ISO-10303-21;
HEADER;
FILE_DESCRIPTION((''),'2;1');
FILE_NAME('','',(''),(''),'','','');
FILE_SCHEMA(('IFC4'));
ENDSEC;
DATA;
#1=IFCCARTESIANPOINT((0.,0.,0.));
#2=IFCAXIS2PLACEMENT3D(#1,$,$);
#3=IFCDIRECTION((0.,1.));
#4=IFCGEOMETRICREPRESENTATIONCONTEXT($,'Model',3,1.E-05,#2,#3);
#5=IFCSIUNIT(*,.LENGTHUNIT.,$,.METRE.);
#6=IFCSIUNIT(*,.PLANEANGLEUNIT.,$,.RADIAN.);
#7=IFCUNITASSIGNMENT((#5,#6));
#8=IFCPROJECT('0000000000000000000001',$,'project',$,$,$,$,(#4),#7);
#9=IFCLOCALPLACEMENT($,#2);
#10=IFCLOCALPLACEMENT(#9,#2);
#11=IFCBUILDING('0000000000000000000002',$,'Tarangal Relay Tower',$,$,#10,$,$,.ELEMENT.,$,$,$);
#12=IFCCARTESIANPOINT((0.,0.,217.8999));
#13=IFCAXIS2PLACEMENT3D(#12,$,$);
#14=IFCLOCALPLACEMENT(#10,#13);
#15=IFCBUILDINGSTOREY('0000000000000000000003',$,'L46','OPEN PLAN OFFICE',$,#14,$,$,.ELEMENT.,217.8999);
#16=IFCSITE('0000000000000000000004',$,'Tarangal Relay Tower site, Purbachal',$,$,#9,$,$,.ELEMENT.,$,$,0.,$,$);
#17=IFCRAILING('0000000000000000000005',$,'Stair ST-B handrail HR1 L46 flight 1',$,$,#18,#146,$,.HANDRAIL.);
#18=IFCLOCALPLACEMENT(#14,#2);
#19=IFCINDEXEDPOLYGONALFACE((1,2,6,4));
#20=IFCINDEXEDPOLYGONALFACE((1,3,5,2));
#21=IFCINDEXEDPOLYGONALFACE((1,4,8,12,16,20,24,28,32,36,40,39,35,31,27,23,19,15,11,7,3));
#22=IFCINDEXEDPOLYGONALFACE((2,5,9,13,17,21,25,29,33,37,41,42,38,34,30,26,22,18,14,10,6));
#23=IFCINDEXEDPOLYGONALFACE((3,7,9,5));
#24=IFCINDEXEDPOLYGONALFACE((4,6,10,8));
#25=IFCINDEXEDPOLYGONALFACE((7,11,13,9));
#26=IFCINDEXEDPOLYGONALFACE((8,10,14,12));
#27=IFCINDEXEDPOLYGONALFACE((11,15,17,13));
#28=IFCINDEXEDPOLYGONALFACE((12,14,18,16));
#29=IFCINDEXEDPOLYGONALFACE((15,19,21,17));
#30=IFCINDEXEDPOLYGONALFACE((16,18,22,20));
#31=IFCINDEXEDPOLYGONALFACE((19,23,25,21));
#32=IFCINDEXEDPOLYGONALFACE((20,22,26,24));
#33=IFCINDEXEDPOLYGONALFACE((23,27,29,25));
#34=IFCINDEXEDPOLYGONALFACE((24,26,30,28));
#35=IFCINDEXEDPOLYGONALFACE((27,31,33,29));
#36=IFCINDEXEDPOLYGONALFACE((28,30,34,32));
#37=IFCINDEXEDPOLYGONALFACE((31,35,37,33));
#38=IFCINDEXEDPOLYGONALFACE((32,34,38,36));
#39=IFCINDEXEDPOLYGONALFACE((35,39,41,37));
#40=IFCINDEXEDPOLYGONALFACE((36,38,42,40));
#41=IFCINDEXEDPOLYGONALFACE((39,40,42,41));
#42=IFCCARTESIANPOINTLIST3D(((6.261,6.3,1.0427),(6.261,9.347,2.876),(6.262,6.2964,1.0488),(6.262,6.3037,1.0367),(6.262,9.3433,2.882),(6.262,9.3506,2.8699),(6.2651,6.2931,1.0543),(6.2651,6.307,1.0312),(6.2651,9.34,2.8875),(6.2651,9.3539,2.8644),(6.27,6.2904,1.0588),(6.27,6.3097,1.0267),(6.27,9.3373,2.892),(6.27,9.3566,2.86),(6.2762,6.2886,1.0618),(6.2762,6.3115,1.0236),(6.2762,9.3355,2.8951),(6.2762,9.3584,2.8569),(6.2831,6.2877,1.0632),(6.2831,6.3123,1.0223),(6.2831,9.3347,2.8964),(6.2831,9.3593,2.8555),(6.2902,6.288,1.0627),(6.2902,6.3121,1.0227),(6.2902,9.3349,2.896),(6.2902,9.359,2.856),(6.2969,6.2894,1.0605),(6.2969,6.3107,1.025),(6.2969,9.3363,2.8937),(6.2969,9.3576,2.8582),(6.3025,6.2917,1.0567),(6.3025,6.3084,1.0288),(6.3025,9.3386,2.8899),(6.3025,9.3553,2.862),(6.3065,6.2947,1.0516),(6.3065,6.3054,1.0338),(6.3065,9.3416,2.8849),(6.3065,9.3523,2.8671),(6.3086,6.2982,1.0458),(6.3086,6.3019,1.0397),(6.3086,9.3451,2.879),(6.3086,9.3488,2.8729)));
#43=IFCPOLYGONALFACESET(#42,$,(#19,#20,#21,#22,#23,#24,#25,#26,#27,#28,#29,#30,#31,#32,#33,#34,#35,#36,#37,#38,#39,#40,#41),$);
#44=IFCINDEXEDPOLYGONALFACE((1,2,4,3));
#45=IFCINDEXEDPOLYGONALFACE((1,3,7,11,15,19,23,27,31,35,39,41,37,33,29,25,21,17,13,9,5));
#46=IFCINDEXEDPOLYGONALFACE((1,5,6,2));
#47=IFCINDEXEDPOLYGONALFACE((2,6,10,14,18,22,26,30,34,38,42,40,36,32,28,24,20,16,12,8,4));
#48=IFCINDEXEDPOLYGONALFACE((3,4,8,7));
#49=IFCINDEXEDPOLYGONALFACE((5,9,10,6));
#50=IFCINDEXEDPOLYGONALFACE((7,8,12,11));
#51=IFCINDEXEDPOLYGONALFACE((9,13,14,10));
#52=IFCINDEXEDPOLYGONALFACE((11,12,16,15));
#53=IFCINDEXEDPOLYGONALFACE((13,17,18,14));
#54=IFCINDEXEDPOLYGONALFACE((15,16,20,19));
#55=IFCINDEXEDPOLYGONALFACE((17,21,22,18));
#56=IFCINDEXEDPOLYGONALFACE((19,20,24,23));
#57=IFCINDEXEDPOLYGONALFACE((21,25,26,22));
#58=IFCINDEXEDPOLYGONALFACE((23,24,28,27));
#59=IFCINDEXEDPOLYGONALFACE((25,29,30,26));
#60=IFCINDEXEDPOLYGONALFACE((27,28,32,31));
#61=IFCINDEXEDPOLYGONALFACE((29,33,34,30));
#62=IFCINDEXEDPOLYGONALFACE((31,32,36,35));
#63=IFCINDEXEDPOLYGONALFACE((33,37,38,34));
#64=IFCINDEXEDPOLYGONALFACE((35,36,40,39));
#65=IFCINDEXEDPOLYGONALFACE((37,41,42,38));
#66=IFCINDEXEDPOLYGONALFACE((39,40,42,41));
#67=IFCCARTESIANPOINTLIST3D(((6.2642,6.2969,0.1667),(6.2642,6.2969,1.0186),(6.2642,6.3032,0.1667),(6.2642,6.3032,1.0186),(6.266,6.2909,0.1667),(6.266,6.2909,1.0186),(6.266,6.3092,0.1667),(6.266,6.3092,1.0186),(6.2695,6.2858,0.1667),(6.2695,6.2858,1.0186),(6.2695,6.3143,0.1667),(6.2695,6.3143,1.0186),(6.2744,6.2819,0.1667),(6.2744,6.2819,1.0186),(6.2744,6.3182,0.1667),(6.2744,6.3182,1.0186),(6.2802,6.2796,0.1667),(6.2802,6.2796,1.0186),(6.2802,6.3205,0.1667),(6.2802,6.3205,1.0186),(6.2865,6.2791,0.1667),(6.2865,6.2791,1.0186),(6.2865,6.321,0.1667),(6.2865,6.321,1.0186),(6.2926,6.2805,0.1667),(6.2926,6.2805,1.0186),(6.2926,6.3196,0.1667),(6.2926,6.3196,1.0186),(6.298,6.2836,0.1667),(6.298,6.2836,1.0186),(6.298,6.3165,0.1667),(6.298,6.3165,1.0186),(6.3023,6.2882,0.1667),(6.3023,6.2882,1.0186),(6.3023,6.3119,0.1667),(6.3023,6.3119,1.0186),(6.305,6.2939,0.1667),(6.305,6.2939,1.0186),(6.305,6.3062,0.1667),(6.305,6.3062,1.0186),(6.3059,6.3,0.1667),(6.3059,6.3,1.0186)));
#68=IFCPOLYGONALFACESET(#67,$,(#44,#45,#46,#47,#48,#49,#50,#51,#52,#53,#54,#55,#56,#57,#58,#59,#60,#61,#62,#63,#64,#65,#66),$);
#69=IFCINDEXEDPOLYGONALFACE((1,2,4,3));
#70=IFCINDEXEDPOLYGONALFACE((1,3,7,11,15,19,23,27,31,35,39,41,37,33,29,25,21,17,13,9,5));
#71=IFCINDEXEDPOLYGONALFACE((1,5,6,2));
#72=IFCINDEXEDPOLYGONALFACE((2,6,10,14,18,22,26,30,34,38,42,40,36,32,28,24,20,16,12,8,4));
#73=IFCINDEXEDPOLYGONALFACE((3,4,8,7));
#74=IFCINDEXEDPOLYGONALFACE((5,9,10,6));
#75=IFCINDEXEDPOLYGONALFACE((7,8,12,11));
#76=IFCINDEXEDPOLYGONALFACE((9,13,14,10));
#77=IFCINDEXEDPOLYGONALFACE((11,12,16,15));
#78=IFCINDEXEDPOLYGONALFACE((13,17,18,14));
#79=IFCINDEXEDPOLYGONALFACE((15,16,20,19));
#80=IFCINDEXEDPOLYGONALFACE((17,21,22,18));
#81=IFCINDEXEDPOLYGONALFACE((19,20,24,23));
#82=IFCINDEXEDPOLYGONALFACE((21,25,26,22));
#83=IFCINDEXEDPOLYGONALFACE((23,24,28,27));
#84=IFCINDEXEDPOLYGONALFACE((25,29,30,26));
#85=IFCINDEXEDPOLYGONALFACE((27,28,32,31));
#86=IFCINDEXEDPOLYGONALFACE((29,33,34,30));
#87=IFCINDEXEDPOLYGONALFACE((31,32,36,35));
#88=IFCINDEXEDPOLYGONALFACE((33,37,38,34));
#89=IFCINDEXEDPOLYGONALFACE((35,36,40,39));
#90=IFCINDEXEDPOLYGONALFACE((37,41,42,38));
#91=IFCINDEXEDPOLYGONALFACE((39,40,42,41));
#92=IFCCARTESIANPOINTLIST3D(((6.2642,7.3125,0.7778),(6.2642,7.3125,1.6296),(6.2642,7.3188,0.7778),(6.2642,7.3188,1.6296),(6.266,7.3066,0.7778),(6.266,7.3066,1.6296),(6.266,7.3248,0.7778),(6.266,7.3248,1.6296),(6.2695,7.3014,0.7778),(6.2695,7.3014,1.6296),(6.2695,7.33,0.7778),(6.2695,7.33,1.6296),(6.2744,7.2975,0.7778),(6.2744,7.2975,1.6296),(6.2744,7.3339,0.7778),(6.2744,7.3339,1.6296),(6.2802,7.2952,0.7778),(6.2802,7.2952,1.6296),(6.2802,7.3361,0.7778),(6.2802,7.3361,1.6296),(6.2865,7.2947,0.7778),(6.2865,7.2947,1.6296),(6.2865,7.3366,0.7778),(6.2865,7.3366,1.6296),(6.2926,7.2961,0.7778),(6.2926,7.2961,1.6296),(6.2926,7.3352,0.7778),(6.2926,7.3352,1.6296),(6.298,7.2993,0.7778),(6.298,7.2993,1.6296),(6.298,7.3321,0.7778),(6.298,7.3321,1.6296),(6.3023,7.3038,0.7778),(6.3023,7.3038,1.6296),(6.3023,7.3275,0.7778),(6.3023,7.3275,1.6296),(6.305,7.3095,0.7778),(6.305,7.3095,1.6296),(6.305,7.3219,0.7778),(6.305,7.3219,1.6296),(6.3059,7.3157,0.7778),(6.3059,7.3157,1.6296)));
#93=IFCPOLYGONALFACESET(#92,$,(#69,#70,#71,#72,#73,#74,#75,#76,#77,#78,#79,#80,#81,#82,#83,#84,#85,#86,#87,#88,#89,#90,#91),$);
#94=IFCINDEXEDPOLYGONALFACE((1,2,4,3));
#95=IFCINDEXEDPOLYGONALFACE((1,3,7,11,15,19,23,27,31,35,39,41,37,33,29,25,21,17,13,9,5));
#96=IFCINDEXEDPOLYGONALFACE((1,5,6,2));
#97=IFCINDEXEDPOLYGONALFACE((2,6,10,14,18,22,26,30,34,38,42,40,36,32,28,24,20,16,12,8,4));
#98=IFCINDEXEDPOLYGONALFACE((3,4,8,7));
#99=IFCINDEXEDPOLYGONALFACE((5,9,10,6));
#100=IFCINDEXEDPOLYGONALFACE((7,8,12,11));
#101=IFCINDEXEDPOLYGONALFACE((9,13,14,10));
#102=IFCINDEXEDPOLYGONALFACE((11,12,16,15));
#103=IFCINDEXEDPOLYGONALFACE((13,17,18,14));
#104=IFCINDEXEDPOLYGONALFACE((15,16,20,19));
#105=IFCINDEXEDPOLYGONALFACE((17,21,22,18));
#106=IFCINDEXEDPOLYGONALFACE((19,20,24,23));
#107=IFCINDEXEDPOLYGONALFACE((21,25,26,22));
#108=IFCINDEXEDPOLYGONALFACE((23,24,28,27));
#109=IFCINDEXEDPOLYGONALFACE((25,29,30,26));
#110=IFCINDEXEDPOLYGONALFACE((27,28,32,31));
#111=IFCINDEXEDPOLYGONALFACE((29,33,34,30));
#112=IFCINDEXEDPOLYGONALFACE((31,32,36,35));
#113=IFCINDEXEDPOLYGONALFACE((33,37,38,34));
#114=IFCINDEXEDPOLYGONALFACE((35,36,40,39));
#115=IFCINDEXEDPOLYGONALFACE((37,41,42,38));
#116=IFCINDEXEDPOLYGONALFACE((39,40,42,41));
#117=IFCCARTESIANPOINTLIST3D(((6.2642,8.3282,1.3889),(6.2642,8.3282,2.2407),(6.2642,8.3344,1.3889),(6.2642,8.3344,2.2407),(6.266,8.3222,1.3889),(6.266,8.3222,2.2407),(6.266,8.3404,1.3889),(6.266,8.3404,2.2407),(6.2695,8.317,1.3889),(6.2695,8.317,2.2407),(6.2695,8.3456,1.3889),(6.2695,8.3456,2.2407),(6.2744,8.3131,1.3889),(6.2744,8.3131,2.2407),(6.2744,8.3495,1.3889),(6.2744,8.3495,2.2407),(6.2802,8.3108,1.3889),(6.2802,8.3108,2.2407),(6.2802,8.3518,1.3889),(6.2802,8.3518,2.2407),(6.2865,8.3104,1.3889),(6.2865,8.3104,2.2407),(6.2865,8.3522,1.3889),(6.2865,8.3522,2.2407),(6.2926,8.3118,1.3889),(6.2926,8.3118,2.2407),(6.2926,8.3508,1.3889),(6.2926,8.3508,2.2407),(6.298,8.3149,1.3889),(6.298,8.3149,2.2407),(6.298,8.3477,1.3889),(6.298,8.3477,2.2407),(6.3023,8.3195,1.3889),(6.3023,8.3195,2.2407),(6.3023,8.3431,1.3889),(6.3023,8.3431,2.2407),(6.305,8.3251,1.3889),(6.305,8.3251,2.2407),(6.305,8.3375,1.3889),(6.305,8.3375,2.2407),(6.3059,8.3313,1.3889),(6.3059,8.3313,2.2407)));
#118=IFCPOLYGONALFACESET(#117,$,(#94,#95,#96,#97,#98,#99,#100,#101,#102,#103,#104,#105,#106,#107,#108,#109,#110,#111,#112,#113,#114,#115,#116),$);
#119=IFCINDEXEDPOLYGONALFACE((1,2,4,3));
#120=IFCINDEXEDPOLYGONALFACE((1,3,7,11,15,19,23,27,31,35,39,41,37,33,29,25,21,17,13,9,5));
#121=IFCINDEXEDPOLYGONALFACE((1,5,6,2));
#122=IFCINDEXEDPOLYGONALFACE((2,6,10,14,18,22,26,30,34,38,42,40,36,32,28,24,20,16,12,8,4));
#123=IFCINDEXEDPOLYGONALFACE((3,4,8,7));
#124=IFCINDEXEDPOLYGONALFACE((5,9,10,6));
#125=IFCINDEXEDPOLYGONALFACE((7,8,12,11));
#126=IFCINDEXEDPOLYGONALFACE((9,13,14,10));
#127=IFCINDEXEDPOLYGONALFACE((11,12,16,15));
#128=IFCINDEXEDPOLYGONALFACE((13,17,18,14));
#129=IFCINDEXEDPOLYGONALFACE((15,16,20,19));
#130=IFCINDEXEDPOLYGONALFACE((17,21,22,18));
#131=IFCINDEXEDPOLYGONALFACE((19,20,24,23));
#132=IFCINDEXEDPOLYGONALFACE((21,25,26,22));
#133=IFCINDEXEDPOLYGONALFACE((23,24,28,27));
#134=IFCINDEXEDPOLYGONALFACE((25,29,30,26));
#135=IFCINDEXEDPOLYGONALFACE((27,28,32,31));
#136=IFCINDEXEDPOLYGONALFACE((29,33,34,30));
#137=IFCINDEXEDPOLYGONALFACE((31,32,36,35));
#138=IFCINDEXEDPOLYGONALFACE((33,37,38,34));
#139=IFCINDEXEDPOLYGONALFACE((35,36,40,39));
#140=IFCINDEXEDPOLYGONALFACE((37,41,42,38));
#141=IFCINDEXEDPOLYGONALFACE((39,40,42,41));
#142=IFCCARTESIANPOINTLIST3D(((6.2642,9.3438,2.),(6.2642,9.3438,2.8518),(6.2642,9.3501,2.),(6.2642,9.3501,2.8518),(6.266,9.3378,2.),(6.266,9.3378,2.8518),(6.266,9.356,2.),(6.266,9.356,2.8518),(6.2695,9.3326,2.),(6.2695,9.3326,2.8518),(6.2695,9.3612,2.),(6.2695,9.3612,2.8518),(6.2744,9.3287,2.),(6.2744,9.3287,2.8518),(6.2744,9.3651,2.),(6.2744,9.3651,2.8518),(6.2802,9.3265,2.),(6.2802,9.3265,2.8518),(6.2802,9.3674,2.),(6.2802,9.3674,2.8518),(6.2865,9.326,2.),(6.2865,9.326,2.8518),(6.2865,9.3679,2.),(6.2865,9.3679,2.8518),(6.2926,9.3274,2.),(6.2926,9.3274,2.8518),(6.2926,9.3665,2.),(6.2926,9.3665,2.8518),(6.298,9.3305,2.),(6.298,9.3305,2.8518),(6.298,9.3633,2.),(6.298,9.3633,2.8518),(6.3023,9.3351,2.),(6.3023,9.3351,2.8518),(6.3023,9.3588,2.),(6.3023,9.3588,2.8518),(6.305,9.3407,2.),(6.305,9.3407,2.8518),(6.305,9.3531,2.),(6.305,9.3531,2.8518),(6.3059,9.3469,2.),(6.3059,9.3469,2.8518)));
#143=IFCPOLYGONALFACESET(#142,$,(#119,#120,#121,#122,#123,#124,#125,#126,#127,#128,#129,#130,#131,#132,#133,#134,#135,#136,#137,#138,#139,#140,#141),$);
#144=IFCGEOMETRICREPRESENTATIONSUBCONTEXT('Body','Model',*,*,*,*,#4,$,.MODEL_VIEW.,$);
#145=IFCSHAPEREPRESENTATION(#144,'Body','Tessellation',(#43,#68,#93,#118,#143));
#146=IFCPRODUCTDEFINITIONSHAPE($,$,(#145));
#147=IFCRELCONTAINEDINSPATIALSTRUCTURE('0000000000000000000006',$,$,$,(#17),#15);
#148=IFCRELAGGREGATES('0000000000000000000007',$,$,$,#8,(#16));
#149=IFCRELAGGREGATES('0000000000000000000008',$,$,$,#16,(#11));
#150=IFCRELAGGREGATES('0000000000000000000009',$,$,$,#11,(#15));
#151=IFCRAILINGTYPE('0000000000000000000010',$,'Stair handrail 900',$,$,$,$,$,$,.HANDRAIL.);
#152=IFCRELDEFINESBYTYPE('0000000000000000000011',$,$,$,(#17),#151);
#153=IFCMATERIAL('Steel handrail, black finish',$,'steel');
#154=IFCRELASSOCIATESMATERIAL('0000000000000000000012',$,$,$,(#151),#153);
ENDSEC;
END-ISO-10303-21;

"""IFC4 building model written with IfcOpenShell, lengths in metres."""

from ifc_helpers import new_model, si_unit, direction, frame, origin, origin_2d, place, context, subcontext, project, spatial, circle, extrude, material, type_object, element, save


model = new_model("IFC4")

# Units and contexts
model_context = context("Model", 3, precision=1e-05, world=origin(), true_north=direction((0.0, 1.0)))
body_context = subcontext(model_context, "Body", "Model", "MODEL_VIEW")
ifc_project = project(units=[si_unit("LENGTHUNIT", "METRE"), si_unit("PLANEANGLEUNIT", "RADIAN")], contexts=[model_context])

# Site, building, storey
site_placement = place(None, origin())
site = spatial("IfcSite", under=ifc_project, at=site_placement, Name="Tarangal Relay Tower site, Purbachal", CompositionType="ELEMENT", RefElevation=0.0)
building_placement = place(site_placement, origin())
building = spatial("IfcBuilding", under=site, at=building_placement, Name="Tarangal Relay Tower", CompositionType="ELEMENT")
storey_placement = place(building_placement, frame((0.0, 0.0, 217.8999)))
storey = spatial("IfcBuildingStorey", under=building, at=storey_placement, Name="L46", Description="OPEN PLAN OFFICE", CompositionType="ELEMENT", Elevation=217.8999)

# Railing
ifc_material_1 = material(Name="Steel handrail, black finish", Category="steel")
railing_type_1 = type_object("IfcRailingType", Name="Stair handrail 900", PredefinedType="HANDRAIL", material=ifc_material_1)
railing_1_placement = place(storey_placement, frame((6.2849, 6.3, 0.1667)))
element("IfcRailing", 1, at=railing_1_placement, inside=storey, type_object=railing_type_1, Name="Stair ST-B handrail HR1 L46 flight 1", PredefinedType="HANDRAIL", context=body_context, shape_type="SweptSolid", body=[
    extrude(circle(Radius=0.0239, at=origin_2d()), frame((0.0, 0.0, 0.876), z_axis=(0.0, 0.856856, 0.515556), x_axis=(-1.0, 0.0, 0.0)), (0.0, 0.0, 1.0), 3.5559),
    extrude(circle(Radius=0.021, at=origin_2d()), origin(), (0.0, 0.0, 1.0), 0.8518),
    extrude(circle(Radius=0.021, at=origin_2d()), frame((0.0, 1.0156, 0.6111)), (0.0, 0.0, 1.0), 0.8518),
    extrude(circle(Radius=0.021, at=origin_2d()), frame((0.0, 2.0312, 1.2222)), (0.0, 0.0, 1.0), 0.8518),
    extrude(circle(Radius=0.021, at=origin_2d()), frame((0.0, 3.0469, 1.8333)), (0.0, 0.0, 1.0), 0.8518),
])

save(model, "model.ifc")
